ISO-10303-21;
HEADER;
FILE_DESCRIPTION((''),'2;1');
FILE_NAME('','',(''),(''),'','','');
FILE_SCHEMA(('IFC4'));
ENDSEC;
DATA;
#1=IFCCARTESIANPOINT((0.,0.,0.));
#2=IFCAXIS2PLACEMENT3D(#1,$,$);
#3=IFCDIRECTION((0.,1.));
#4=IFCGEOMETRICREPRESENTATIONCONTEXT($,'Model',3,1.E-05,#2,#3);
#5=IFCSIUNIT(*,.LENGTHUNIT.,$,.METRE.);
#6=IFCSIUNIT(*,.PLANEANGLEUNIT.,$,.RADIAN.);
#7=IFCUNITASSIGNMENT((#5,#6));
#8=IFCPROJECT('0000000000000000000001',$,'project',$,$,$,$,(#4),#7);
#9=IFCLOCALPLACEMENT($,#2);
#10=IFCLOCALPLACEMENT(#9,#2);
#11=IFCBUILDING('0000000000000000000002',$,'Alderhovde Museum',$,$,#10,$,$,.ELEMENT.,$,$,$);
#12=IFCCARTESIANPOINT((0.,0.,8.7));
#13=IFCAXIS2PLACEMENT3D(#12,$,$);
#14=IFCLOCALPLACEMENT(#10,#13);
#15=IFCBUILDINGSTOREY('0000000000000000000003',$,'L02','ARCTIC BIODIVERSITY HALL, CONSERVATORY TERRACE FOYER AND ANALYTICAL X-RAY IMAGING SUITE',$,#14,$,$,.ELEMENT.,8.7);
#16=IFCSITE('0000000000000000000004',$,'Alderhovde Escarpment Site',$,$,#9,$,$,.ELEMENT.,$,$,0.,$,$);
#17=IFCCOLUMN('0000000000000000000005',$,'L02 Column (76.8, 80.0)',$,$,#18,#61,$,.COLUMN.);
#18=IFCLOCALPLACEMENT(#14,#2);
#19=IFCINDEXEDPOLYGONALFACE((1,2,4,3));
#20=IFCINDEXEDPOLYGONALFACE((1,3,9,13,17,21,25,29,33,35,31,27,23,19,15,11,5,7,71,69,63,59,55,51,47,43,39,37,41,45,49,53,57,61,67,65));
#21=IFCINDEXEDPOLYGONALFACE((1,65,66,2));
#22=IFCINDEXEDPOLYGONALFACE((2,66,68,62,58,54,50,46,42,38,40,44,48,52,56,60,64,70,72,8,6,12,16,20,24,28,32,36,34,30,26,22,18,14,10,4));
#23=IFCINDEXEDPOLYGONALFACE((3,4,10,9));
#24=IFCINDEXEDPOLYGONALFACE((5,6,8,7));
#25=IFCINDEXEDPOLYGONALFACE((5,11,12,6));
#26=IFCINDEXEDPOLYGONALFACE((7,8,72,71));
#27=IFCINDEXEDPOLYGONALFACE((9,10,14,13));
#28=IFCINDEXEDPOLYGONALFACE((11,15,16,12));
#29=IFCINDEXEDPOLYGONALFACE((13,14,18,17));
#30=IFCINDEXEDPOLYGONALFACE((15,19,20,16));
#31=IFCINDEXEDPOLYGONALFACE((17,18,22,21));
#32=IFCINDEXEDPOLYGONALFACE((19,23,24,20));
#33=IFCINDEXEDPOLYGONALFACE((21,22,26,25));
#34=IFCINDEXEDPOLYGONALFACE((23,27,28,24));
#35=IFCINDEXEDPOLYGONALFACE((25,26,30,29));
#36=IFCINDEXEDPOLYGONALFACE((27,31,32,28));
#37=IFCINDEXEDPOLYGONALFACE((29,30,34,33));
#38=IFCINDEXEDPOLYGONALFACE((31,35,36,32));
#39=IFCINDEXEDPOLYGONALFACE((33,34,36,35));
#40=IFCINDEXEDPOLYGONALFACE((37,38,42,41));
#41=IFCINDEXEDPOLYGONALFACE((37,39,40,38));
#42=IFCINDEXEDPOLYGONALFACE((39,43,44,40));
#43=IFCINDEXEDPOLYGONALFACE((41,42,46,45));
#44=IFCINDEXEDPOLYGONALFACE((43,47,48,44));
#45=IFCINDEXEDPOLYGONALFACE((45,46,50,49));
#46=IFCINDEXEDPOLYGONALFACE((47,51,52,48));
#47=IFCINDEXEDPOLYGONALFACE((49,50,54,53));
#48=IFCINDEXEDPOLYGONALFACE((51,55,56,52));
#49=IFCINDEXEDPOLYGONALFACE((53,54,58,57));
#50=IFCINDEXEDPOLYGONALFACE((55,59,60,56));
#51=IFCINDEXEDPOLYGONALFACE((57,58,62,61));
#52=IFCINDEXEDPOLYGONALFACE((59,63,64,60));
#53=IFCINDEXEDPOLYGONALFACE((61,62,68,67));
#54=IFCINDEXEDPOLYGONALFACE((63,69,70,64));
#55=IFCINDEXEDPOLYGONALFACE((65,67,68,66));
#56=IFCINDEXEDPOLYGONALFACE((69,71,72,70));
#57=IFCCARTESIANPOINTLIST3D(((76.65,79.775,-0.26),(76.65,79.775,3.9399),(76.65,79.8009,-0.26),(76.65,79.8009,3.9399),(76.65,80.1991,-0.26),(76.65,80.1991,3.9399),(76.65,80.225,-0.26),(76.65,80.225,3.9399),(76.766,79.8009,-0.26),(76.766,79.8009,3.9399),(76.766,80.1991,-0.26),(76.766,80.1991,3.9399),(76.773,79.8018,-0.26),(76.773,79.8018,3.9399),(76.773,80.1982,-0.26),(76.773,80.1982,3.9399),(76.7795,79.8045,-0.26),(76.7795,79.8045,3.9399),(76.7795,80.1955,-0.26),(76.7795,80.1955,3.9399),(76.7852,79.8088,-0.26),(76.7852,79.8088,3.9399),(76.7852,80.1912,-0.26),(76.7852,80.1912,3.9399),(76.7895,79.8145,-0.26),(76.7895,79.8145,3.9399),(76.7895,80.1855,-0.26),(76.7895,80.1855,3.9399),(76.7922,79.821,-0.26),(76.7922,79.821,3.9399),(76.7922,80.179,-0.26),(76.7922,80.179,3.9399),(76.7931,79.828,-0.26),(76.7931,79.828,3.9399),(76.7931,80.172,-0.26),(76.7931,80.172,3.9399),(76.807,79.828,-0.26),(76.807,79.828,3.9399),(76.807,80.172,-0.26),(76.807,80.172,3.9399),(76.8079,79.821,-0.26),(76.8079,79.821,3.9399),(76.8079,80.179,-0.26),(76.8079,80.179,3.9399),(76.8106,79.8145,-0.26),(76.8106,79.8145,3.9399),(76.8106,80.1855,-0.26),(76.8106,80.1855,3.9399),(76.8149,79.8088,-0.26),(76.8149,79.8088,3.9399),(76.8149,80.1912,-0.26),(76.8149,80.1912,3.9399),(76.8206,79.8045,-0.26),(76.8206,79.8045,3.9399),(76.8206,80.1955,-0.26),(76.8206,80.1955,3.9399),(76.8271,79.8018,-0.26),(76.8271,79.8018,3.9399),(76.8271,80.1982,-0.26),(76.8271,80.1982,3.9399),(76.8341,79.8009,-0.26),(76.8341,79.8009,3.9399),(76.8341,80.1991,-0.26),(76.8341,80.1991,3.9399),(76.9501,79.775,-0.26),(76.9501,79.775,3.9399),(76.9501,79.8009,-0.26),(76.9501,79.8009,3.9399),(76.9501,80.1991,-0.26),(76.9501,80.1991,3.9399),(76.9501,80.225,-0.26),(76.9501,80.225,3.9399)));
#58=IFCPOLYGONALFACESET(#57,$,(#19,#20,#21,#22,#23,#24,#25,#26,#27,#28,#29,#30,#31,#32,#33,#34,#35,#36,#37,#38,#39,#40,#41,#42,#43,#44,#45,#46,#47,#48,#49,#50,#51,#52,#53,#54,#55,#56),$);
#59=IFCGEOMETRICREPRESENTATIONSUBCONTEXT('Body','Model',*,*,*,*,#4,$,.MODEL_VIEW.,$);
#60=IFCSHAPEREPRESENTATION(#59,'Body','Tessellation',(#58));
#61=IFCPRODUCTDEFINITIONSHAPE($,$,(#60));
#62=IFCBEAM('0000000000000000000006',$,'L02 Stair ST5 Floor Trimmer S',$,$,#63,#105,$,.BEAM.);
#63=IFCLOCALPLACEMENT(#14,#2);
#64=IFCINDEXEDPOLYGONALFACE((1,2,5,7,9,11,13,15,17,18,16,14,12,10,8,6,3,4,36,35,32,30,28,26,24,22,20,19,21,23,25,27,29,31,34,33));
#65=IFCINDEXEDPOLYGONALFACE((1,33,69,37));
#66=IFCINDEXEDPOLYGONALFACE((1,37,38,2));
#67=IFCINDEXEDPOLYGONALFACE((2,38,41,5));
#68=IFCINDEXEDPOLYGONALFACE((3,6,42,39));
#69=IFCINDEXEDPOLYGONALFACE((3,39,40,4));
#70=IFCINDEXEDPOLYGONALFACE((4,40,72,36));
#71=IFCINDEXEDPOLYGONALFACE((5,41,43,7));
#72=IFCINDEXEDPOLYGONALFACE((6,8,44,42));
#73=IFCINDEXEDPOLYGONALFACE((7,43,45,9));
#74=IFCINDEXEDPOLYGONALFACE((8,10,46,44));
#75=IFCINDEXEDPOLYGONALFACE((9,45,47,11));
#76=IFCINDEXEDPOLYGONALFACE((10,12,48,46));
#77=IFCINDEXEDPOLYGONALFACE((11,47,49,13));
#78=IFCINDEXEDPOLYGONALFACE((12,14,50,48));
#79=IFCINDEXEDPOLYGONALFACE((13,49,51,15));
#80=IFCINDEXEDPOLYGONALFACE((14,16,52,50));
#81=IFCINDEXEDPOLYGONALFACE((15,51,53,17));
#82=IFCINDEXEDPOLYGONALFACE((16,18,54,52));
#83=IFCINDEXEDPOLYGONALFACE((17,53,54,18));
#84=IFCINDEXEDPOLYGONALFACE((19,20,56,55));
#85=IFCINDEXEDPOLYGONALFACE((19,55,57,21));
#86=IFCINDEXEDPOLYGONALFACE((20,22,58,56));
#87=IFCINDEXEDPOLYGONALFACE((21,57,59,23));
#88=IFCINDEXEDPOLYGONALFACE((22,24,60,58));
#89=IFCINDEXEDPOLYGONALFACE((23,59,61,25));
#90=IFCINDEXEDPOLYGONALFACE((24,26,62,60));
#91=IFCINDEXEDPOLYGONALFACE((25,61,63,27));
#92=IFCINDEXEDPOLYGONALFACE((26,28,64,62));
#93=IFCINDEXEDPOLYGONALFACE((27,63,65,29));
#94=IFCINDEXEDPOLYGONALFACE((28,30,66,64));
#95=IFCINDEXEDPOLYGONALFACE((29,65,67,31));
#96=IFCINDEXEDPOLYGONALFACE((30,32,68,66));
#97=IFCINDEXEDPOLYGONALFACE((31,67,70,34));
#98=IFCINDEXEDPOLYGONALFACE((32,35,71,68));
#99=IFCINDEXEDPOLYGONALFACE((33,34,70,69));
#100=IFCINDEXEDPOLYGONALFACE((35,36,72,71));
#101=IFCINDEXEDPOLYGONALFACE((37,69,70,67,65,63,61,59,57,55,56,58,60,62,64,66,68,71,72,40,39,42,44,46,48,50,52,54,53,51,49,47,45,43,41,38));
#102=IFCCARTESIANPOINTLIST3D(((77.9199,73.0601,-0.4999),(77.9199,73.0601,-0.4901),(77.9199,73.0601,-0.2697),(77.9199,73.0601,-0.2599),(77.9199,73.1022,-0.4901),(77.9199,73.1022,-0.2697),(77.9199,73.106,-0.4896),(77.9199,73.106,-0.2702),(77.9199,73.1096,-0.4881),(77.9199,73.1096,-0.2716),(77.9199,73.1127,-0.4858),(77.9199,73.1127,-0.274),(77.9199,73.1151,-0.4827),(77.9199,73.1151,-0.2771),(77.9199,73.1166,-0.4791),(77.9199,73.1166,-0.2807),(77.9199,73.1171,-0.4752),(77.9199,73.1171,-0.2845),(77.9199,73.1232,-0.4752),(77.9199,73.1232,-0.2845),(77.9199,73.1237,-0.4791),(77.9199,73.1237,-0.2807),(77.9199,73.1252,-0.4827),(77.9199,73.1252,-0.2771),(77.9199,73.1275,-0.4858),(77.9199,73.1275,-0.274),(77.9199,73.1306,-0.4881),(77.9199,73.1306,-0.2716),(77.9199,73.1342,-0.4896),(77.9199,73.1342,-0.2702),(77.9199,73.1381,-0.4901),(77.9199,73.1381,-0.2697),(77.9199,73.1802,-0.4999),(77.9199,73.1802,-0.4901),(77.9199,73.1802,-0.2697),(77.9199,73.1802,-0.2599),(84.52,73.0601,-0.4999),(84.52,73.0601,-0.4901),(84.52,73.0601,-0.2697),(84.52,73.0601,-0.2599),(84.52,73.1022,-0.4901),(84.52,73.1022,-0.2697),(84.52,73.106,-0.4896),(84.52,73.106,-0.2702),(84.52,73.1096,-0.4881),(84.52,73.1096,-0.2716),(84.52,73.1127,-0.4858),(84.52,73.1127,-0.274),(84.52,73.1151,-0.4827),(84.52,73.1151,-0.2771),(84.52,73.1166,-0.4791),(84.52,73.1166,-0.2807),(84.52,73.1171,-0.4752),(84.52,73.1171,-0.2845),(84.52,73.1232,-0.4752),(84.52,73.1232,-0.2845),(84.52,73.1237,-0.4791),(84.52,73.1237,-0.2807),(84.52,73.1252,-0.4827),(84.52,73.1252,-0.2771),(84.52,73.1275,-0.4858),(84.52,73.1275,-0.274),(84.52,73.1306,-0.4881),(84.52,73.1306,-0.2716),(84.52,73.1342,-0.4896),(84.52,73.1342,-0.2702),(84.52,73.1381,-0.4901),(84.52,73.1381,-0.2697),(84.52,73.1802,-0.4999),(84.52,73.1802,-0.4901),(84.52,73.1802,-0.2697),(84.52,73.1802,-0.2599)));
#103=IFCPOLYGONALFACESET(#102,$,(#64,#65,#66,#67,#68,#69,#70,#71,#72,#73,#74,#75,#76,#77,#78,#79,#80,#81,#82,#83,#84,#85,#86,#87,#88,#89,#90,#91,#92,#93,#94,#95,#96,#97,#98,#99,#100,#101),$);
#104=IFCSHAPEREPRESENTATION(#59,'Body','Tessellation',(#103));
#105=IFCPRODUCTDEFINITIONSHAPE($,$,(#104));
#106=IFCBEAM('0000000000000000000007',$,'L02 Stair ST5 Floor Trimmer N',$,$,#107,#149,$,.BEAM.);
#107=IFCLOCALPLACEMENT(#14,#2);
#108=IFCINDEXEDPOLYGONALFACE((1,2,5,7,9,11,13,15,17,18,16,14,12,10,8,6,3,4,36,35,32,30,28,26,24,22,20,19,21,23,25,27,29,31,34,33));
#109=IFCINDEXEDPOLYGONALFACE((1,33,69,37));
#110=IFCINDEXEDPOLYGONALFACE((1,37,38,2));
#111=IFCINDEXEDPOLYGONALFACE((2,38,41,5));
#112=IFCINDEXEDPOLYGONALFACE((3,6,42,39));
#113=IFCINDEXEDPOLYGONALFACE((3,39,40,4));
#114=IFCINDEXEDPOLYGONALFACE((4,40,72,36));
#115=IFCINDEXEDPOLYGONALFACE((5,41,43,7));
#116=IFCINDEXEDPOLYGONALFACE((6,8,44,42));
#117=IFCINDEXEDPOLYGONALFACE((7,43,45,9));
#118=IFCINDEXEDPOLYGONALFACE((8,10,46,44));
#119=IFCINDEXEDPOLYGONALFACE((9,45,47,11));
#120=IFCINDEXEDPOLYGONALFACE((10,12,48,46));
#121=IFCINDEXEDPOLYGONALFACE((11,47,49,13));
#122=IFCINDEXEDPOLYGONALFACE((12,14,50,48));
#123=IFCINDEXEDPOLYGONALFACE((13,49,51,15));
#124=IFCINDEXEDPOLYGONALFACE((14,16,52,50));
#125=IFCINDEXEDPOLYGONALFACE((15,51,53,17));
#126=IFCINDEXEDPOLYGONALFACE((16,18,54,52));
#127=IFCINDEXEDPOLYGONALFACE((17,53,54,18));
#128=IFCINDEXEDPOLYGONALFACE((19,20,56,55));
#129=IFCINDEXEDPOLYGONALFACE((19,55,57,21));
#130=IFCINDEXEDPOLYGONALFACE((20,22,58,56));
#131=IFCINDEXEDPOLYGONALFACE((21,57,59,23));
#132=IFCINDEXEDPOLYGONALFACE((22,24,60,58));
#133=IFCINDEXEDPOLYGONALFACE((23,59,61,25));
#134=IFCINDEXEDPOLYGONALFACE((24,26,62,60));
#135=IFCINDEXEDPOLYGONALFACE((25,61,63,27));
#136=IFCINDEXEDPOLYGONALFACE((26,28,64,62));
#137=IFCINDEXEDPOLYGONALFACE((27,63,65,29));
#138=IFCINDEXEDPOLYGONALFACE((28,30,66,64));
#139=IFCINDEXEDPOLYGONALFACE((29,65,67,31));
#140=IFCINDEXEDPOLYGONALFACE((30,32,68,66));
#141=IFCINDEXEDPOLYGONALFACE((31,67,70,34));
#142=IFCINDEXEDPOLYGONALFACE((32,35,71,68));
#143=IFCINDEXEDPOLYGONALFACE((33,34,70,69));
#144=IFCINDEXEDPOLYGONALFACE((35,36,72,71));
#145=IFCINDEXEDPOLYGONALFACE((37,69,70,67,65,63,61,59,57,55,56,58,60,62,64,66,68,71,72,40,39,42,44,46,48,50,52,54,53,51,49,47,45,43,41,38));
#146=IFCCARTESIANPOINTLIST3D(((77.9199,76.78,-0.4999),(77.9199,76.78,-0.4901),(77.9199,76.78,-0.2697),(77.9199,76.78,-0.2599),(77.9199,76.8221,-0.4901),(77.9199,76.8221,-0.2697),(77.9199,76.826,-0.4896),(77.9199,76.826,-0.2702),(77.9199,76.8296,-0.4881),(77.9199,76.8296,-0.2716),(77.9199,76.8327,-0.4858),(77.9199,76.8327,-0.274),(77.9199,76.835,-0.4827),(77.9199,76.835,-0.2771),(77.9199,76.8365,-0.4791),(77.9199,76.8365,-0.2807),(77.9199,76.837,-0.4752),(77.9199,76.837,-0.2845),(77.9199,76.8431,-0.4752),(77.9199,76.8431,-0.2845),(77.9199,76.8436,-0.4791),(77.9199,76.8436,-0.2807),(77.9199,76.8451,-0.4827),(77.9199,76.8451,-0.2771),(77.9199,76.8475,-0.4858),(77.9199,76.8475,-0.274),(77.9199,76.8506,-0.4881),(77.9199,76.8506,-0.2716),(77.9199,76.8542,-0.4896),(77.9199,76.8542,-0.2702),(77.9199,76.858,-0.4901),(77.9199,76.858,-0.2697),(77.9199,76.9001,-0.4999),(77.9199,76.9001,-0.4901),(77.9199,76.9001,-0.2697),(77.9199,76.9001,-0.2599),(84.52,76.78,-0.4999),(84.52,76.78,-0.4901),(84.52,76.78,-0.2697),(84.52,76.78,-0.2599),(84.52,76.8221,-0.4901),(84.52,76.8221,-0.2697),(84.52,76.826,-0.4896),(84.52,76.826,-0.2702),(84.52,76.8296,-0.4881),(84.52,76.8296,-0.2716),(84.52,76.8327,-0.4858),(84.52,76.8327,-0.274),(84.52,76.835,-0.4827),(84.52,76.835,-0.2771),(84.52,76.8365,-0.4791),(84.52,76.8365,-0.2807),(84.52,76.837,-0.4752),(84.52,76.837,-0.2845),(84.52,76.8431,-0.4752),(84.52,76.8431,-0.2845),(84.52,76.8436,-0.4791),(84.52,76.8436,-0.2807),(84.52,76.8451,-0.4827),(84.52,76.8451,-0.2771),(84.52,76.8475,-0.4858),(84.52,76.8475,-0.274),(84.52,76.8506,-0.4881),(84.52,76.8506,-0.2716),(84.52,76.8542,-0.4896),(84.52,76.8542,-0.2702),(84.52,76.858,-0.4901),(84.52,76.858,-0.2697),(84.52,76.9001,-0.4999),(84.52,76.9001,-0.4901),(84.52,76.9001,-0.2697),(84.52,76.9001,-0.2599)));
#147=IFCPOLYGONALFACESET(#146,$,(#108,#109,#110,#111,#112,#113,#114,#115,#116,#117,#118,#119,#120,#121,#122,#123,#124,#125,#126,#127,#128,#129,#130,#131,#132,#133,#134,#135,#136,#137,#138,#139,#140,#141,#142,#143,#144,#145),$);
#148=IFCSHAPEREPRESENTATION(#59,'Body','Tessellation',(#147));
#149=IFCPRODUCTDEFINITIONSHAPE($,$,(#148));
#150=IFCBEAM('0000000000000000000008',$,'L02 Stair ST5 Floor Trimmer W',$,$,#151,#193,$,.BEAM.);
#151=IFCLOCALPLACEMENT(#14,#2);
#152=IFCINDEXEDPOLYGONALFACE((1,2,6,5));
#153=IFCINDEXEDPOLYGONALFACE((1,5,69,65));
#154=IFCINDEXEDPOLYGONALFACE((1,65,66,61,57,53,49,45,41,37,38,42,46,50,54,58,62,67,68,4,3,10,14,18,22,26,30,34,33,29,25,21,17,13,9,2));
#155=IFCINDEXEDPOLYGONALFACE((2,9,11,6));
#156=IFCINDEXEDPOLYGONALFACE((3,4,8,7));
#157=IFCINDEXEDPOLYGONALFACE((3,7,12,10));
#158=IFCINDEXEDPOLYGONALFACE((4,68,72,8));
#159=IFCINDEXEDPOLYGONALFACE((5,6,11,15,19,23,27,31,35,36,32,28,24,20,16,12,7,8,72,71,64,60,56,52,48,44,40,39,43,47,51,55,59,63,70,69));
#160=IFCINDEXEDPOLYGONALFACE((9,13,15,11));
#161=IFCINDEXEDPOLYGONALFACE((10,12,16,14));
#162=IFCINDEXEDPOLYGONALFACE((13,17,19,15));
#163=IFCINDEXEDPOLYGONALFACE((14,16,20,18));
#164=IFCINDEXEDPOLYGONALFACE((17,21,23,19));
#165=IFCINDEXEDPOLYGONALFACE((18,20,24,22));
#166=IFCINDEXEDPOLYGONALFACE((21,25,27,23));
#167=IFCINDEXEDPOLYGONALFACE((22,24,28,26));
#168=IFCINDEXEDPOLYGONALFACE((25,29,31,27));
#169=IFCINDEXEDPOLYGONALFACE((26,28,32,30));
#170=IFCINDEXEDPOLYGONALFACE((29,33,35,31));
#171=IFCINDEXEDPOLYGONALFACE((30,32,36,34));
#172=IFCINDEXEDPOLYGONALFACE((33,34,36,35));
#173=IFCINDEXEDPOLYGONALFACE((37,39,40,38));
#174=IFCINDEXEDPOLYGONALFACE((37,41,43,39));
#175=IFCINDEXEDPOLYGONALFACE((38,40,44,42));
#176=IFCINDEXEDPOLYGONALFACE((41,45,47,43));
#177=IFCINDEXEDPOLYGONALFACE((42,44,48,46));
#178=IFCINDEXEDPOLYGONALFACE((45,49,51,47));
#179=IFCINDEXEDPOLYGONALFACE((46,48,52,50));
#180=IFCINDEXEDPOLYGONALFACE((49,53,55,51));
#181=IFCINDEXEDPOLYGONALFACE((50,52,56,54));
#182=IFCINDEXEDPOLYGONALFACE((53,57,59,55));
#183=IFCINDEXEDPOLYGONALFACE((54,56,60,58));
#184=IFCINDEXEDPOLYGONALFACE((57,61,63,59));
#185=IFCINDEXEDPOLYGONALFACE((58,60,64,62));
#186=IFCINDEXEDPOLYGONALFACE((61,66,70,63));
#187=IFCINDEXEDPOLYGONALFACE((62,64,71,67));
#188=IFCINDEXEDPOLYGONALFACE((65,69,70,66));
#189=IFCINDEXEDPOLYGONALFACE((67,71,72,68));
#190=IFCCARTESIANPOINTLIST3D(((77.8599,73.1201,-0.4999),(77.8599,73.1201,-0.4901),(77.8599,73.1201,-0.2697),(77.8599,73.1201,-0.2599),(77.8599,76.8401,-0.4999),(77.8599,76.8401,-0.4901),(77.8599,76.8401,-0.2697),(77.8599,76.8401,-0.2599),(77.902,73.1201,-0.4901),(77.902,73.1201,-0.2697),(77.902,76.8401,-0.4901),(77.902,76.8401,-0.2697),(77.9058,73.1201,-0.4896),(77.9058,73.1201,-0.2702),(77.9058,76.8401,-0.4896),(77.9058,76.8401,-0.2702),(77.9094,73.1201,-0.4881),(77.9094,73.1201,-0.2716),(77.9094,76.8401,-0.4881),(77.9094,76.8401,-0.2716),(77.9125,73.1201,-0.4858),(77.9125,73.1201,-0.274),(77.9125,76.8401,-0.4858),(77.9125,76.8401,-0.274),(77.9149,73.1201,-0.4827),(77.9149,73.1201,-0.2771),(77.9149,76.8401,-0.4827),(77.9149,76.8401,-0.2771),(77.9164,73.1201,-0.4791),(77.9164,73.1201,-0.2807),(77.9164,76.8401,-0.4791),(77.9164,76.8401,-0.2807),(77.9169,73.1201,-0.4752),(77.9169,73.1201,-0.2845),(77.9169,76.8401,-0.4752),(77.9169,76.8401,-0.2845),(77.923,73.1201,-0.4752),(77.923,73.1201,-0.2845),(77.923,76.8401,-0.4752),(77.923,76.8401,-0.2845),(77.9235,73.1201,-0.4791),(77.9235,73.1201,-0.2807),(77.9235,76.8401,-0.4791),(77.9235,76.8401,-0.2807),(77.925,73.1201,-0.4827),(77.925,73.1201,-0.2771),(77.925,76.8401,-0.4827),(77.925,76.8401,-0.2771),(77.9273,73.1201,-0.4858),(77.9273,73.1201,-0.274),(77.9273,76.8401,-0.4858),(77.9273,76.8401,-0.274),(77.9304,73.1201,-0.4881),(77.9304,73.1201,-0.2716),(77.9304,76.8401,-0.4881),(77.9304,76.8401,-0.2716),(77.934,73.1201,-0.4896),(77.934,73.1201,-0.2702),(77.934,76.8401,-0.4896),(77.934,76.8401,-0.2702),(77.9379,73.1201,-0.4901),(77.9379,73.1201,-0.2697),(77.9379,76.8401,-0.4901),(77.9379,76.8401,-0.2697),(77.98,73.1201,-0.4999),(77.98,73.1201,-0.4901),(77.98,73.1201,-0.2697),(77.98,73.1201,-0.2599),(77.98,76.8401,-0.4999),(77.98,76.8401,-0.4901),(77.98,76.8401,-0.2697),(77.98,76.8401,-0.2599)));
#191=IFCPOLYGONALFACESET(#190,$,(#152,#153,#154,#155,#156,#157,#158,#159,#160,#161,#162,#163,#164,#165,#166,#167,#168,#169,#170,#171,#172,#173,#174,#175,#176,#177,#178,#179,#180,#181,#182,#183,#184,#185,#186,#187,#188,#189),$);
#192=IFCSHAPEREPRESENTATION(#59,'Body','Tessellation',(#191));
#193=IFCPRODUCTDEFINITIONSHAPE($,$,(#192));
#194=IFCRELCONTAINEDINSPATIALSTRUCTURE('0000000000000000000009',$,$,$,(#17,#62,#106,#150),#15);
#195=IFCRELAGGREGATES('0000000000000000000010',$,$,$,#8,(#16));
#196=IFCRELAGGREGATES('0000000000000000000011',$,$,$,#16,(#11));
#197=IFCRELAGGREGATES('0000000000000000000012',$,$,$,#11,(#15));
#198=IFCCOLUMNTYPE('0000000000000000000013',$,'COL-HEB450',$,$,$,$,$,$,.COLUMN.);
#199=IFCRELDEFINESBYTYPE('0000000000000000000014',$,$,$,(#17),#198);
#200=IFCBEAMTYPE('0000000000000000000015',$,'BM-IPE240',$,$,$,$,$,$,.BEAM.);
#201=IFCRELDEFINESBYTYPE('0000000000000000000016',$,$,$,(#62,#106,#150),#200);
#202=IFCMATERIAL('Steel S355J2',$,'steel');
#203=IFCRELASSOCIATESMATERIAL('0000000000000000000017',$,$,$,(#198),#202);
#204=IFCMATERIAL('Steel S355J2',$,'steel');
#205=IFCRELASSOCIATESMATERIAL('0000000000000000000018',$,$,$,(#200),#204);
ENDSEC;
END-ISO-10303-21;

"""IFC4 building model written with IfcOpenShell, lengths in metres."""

from ifc_helpers import new_model, si_unit, direction, frame, origin, origin_2d, place, context, subcontext, project, spatial, i_section, extrude, material, material_profile, profile_set, type_object, element, save


model = new_model("IFC4")

# Units and contexts
model_context = context("Model", 3, precision=1e-05, world=origin(), true_north=direction((0.0, 1.0)))
body_context = subcontext(model_context, "Body", "Model", "MODEL_VIEW")
ifc_project = project(units=[si_unit("LENGTHUNIT", "METRE"), si_unit("PLANEANGLEUNIT", "RADIAN")], contexts=[model_context])

# Site, building, storey
site_placement = place(None, origin())
site = spatial("IfcSite", under=ifc_project, at=site_placement, Name="Alderhovde Escarpment Site", CompositionType="ELEMENT", RefElevation=0.0)
building_placement = place(site_placement, origin())
building = spatial("IfcBuilding", under=site, at=building_placement, Name="Alderhovde Museum", CompositionType="ELEMENT")
storey_placement = place(building_placement, frame((0.0, 0.0, 8.7)))
storey = spatial("IfcBuildingStorey", under=building, at=storey_placement, Name="L02", Description="ARCTIC BIODIVERSITY HALL, CONSERVATORY TERRACE FOYER AND ANALYTICAL X-RAY IMAGING SUITE", CompositionType="ELEMENT", Elevation=8.7)

# Column
ifc_material_1 = material(Name="Steel S355J2", Category="steel")
ifc_material_profile_1 = material_profile(ifc_material_1, i_section(OverallWidth=0.3, OverallDepth=0.45, WebThickness=0.0139, FlangeThickness=0.0259, FilletRadius=0.0271, at=origin_2d()), Name="HEB 450")
ifc_profile_set_1 = profile_set([ifc_material_profile_1], Name="Steel S355J2")
column_type_1 = type_object("IfcColumnType", Name="COL-HEB450", PredefinedType="COLUMN", material=ifc_profile_set_1)
for number, where, z_axis, x_axis, name in (
    (1, (76.8, 80.0, -0.26), (0.0, 0.0, 1.0), (1.0, 0.0, 0.0), "L02 Column (76.8, 80.0)"),
):
    element("IfcColumn", number, at=place(storey_placement, frame(where, z_axis=z_axis, x_axis=x_axis)), inside=storey, type_object=column_type_1, Name=name, PredefinedType="COLUMN", context=body_context, shape_type="SweptSolid", body=[
        extrude(i_section(OverallWidth=0.3, OverallDepth=0.45, WebThickness=0.0139, FlangeThickness=0.0259, FilletRadius=0.0271, at=origin_2d()), origin(), (0.0, 0.0, 1.0), 4.2),
    ])

# Beams
ifc_material_2 = material(Name="Steel S355J2", Category="steel")
ifc_material_profile_2 = material_profile(ifc_material_2, i_section(OverallWidth=0.1201, OverallDepth=0.24, WebThickness=0.0061, FlangeThickness=0.0098, FilletRadius=0.0149, at=origin_2d()), Name="IPE 240")
ifc_profile_set_2 = profile_set([ifc_material_profile_2], Name="Steel S355J2")
beam_type_1 = type_object("IfcBeamType", Name="BM-IPE240", PredefinedType="BEAM", material=ifc_profile_set_2)
for number, where, z_axis, x_axis, name in (
    (2, (77.9199, 73.1201, -0.3799), (1.0, 0.0, 0.0), (0.0, 1.0, 0.0), "L02 Stair ST5 Floor Trimmer S"),
    (3, (77.9199, 76.8401, -0.3799), (1.0, 0.0, 0.0), (0.0, 1.0, 0.0), "L02 Stair ST5 Floor Trimmer N"),
):
    element("IfcBeam", number, at=place(storey_placement, frame(where, z_axis=z_axis, x_axis=x_axis)), inside=storey, type_object=beam_type_1, Name=name, PredefinedType="BEAM", context=body_context, shape_type="SweptSolid", body=[
        extrude(i_section(OverallWidth=0.1201, OverallDepth=0.24, WebThickness=0.0061, FlangeThickness=0.0098, FilletRadius=0.0149, at=origin_2d()), origin(), (0.0, 0.0, 1.0), 6.6001),
    ])
beam_1_placement = place(storey_placement, frame((77.9199, 73.1201, -0.3799), z_axis=(0.0, 1.0, 0.0), x_axis=(-1.0, 0.0, 0.0)))
element("IfcBeam", 4, at=beam_1_placement, inside=storey, type_object=beam_type_1, Name="L02 Stair ST5 Floor Trimmer W", PredefinedType="BEAM", context=body_context, shape_type="SweptSolid", body=[
    extrude(i_section(OverallWidth=0.1201, OverallDepth=0.24, WebThickness=0.0061, FlangeThickness=0.0098, FilletRadius=0.0149, at=origin_2d()), origin(), (0.0, 0.0, 1.0), 3.72),
])

save(model, "model.ifc")
